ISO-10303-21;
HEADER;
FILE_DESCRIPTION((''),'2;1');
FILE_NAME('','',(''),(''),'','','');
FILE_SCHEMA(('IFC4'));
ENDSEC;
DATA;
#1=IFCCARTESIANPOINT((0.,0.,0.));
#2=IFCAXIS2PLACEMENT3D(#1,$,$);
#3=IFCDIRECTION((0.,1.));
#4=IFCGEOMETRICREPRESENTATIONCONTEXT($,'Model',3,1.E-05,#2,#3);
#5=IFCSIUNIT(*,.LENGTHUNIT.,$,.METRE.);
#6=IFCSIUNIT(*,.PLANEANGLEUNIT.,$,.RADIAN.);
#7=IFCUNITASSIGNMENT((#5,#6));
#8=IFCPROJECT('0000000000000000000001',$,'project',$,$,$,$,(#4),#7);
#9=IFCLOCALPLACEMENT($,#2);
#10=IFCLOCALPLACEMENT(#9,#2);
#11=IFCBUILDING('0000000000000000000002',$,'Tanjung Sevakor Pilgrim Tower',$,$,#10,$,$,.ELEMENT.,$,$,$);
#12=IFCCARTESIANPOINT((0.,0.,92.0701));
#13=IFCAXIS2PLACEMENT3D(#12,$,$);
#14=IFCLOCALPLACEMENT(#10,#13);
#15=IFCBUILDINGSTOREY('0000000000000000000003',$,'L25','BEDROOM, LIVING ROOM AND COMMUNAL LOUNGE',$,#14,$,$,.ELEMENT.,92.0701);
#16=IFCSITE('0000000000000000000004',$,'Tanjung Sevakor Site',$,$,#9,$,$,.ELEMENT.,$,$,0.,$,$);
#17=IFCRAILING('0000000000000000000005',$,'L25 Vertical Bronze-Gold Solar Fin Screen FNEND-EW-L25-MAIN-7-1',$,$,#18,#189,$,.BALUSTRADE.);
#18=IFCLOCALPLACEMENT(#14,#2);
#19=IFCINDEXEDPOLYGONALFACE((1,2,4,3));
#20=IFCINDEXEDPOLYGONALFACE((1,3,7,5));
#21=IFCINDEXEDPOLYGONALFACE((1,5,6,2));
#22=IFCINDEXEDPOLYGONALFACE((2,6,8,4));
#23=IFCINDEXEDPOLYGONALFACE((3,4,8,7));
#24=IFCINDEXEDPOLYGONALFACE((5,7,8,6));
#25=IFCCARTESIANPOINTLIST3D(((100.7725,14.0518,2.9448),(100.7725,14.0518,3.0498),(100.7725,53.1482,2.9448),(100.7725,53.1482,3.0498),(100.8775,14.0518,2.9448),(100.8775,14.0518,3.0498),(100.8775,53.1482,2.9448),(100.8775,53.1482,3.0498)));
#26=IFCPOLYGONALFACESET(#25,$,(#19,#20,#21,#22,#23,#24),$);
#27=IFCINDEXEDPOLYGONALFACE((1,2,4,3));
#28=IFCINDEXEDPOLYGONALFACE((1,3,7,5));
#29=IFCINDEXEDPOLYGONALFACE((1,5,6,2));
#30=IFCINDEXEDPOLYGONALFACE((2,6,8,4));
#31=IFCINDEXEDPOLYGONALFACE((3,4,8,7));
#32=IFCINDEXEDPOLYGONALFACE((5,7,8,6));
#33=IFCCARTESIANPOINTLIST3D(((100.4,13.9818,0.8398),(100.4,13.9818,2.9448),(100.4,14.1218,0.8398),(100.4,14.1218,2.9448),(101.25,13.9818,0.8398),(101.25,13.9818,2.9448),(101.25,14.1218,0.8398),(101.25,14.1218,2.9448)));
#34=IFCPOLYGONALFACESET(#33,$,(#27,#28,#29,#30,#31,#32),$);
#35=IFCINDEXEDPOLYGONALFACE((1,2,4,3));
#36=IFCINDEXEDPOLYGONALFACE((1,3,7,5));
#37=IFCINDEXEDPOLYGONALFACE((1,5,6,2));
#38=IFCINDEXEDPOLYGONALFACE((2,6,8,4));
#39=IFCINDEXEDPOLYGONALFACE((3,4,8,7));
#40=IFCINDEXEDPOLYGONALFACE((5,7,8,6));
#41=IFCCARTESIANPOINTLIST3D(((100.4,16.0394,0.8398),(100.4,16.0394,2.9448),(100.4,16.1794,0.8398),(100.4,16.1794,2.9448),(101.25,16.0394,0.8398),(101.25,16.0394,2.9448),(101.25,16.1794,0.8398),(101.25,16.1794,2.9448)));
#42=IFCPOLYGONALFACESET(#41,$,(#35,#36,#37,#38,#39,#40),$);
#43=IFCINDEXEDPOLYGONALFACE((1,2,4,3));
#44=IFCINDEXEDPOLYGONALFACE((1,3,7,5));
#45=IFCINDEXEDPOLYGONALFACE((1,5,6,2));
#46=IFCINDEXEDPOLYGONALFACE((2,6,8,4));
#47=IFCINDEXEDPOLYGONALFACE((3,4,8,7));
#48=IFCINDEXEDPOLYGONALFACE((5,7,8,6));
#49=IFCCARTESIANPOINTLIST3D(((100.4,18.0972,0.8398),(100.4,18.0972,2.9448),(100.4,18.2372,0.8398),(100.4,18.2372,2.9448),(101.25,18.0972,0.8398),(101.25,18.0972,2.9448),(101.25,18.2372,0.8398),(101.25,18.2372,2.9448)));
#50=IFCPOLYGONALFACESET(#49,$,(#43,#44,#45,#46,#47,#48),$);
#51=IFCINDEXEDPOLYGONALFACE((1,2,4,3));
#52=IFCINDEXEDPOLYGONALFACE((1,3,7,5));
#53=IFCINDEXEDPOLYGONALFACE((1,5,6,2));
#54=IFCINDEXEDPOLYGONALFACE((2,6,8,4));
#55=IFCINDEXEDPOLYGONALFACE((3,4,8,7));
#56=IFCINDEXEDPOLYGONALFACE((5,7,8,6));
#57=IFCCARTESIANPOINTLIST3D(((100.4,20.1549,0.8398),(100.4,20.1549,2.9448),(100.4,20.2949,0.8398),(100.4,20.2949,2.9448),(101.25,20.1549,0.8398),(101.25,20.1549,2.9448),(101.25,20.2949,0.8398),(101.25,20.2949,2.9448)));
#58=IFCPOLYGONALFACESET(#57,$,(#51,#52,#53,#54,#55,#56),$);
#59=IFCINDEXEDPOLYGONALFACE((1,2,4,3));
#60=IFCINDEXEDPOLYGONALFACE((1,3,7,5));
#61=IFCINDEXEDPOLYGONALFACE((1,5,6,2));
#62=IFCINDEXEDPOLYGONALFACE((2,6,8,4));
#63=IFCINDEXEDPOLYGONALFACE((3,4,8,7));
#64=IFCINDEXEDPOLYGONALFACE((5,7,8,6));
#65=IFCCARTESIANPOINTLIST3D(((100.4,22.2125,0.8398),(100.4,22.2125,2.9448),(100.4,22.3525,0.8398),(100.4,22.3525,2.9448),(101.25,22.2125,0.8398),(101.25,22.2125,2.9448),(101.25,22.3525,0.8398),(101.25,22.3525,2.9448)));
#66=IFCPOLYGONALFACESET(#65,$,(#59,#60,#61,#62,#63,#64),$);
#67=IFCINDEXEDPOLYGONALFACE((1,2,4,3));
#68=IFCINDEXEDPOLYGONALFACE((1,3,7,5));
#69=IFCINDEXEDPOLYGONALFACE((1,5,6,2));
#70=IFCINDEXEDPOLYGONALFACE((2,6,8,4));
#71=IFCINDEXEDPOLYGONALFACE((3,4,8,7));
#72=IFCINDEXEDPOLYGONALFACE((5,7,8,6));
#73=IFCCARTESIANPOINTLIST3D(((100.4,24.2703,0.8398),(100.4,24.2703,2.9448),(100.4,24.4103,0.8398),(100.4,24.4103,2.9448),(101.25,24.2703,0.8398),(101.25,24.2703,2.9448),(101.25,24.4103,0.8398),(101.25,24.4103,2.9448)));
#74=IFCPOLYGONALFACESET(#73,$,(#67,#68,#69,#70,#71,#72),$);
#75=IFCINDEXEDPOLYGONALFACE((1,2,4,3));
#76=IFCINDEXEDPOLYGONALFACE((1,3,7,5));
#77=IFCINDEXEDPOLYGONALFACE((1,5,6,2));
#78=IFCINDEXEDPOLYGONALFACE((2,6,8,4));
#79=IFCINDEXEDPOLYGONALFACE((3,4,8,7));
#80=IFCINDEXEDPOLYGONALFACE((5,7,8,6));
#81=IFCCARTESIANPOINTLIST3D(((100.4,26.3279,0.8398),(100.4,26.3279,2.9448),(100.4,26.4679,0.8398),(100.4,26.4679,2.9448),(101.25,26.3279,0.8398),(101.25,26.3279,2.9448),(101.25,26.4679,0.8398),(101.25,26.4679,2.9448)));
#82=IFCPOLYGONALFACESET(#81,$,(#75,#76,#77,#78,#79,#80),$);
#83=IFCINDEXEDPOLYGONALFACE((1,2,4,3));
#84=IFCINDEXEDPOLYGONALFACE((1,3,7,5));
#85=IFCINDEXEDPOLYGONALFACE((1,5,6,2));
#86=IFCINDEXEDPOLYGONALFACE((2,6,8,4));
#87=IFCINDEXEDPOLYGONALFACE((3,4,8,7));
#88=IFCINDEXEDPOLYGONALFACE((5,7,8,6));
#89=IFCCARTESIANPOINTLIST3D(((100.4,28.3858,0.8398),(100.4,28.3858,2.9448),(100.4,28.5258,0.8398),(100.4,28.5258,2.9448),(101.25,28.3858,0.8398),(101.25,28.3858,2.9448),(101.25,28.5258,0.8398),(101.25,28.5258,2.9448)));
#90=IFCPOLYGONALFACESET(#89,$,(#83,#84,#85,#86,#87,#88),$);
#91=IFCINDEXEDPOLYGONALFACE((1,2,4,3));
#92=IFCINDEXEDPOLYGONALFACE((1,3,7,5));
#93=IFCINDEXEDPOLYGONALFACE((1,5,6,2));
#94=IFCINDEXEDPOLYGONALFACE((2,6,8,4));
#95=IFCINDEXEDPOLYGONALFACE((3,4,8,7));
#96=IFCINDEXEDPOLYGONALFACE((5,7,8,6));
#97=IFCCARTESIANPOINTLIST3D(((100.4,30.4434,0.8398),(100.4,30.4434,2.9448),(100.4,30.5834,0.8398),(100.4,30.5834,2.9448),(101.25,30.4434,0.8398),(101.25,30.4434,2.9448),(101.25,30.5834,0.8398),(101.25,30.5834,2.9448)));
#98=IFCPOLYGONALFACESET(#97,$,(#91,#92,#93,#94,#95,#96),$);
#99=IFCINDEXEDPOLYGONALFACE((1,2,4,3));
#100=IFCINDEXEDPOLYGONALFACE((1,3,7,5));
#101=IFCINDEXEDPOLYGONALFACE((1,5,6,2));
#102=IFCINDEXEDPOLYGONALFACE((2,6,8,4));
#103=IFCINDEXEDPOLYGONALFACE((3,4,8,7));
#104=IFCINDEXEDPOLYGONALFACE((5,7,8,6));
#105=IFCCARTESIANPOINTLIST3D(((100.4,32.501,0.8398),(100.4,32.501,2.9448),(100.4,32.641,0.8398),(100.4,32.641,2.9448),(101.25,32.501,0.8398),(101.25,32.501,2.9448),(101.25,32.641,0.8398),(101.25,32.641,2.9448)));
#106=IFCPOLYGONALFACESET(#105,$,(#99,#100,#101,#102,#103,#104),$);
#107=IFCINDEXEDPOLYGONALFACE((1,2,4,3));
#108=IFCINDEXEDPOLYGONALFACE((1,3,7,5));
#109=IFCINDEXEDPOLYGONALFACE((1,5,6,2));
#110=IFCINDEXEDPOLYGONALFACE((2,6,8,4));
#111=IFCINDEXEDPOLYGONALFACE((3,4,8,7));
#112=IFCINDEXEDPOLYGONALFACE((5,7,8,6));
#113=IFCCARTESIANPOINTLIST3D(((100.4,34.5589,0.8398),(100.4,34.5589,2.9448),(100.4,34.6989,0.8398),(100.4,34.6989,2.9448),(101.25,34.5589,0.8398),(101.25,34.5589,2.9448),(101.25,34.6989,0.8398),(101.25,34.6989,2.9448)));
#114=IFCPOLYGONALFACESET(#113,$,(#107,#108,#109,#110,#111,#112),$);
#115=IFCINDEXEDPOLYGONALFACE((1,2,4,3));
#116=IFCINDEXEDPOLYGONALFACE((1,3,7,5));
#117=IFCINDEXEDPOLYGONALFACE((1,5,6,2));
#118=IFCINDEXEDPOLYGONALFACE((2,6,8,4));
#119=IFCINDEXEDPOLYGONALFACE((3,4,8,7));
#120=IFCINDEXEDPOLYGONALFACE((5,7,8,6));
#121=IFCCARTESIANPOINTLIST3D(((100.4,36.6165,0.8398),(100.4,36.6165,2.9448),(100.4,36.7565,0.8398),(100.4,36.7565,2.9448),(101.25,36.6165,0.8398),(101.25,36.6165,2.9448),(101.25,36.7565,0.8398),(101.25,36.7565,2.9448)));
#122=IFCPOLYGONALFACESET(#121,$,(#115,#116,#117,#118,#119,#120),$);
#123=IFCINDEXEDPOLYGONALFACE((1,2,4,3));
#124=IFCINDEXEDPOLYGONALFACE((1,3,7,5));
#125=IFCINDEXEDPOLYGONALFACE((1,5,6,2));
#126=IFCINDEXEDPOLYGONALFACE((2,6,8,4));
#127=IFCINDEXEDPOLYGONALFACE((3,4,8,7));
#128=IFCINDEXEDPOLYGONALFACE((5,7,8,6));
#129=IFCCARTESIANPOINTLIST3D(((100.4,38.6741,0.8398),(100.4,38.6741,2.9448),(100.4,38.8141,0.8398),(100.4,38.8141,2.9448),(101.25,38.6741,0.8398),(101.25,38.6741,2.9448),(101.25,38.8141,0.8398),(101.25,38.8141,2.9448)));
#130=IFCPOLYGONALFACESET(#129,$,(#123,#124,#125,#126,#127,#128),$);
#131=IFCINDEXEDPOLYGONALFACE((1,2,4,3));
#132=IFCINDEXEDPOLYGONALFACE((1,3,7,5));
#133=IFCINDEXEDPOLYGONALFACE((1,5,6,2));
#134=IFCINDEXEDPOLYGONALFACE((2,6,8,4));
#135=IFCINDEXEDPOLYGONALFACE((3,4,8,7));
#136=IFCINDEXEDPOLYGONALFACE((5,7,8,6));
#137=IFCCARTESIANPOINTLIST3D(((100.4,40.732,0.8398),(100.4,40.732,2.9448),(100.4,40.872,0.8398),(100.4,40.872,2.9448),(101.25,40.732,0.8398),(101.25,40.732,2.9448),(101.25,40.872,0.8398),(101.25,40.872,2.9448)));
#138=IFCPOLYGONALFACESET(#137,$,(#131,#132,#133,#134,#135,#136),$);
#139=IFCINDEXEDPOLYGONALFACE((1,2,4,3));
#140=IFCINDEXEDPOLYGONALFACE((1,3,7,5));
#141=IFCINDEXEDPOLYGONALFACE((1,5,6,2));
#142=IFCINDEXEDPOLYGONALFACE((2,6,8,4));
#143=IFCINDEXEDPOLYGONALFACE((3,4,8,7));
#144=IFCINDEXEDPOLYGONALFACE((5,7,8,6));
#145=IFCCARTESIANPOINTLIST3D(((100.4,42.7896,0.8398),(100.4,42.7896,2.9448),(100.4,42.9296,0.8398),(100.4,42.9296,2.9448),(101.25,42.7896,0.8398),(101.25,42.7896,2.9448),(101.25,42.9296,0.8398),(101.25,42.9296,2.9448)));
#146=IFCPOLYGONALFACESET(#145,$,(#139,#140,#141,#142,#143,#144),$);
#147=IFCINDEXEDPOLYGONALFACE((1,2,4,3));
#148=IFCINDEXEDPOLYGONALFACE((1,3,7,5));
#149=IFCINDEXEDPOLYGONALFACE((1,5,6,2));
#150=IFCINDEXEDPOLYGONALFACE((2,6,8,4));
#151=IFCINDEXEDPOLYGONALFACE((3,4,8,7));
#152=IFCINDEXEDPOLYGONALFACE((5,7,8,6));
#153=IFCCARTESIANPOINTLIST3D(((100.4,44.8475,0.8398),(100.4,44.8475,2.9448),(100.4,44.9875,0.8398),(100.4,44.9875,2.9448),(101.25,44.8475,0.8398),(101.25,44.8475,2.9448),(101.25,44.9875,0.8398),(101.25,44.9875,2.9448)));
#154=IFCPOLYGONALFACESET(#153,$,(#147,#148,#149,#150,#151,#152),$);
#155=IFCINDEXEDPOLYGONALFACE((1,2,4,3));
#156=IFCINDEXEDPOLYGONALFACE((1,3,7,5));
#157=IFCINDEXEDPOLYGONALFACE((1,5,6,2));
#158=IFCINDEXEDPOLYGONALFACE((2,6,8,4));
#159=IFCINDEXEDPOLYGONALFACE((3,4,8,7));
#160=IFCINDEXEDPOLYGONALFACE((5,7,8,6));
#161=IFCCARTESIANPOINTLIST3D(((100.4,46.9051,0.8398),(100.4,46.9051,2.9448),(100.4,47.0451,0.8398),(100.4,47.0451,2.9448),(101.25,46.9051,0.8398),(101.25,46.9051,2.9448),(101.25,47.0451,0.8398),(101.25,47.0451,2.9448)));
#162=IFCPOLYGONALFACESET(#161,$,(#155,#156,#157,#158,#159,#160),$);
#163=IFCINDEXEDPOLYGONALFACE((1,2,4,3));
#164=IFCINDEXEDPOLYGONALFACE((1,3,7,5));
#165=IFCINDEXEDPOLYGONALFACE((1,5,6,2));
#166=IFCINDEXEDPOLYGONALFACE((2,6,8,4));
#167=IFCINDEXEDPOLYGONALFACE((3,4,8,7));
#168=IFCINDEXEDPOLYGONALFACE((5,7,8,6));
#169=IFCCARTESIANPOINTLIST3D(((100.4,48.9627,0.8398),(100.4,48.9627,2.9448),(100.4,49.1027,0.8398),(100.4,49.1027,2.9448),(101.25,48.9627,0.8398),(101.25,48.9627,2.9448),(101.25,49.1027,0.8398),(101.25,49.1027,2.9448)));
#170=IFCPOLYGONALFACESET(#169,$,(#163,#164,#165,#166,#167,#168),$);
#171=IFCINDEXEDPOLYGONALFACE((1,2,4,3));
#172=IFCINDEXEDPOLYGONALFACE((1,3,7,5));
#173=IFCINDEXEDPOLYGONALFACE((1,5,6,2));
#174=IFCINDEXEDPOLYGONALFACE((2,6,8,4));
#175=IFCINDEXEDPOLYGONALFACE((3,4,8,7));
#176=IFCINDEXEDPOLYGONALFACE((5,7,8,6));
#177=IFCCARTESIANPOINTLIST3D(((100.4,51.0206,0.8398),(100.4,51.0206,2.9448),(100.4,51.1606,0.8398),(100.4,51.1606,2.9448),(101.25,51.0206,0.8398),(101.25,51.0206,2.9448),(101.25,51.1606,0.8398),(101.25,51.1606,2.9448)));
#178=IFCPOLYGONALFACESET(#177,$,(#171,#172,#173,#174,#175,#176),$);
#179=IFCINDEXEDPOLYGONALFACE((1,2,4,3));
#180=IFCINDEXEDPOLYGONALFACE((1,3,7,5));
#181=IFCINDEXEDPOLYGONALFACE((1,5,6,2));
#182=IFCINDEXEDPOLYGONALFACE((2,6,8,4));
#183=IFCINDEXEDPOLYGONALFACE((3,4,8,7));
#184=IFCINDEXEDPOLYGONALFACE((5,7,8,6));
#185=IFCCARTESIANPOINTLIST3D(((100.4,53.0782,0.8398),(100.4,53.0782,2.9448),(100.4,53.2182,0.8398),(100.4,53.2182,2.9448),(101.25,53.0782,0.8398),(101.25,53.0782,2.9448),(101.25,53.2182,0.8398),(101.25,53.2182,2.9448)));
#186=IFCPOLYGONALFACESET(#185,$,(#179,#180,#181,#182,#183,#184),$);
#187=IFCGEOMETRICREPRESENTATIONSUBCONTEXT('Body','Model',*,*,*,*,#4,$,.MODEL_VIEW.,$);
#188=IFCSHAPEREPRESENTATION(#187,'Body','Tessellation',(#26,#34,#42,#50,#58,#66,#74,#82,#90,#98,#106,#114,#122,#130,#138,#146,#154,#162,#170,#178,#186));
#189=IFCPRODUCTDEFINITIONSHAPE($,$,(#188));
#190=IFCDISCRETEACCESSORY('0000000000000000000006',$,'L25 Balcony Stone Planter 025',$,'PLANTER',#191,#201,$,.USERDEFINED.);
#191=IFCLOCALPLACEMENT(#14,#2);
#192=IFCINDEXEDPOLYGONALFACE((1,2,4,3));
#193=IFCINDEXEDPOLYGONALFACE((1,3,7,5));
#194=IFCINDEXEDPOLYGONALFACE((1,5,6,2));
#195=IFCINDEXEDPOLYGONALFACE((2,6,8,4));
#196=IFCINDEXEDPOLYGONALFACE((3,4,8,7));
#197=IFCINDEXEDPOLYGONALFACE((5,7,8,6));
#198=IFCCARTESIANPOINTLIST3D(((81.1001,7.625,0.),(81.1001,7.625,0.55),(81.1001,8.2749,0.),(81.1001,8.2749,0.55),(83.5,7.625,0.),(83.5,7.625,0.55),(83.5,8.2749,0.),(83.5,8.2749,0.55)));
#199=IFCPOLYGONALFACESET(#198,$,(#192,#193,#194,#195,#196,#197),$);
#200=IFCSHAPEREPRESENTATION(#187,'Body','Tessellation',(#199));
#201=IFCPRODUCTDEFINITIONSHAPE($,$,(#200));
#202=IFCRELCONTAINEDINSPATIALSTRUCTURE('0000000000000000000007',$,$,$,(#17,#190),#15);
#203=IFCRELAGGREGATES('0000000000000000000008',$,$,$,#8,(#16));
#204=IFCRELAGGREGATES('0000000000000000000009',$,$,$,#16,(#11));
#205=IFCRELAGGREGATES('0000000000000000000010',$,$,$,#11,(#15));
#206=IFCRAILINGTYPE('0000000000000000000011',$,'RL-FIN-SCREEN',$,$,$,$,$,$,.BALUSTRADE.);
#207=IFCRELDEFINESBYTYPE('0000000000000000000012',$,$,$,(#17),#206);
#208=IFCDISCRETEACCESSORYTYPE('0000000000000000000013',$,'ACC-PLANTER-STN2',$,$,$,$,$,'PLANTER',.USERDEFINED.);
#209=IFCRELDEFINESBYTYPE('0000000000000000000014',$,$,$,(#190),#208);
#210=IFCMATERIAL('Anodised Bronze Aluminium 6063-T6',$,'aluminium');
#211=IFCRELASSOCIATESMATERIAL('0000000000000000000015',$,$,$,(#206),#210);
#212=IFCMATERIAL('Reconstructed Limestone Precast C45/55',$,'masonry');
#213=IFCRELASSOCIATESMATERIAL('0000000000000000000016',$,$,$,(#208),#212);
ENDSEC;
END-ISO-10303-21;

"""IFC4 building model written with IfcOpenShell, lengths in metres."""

from ifc_helpers import new_model, si_unit, direction, frame, origin, origin_2d, place, context, subcontext, project, spatial, rectangle, extrude, material, type_object, element, save


model = new_model("IFC4")

# Units and contexts
model_context = context("Model", 3, precision=1e-05, world=origin(), true_north=direction((0.0, 1.0)))
body_context = subcontext(model_context, "Body", "Model", "MODEL_VIEW")
ifc_project = project(units=[si_unit("LENGTHUNIT", "METRE"), si_unit("PLANEANGLEUNIT", "RADIAN")], contexts=[model_context])

# Site, building, storey
site_placement = place(None, origin())
site = spatial("IfcSite", under=ifc_project, at=site_placement, Name="Tanjung Sevakor Site", CompositionType="ELEMENT", RefElevation=0.0)
building_placement = place(site_placement, origin())
building = spatial("IfcBuilding", under=site, at=building_placement, Name="Tanjung Sevakor Pilgrim Tower", CompositionType="ELEMENT")
storey_placement = place(building_placement, frame((0.0, 0.0, 92.0701)))
storey = spatial("IfcBuildingStorey", under=building, at=storey_placement, Name="L25", Description="BEDROOM, LIVING ROOM AND COMMUNAL LOUNGE", CompositionType="ELEMENT", Elevation=92.0701)

# Railing
ifc_material_1 = material(Name="Anodised Bronze Aluminium 6063-T6", Category="aluminium")
railing_type_1 = type_object("IfcRailingType", Name="RL-FIN-SCREEN", PredefinedType="BALUSTRADE", material=ifc_material_1)
railing_1_placement = place(storey_placement, frame((100.825, 14.0518, 0.8398)))
element("IfcRailing", 1, at=railing_1_placement, inside=storey, type_object=railing_type_1, Name="L25 Vertical Bronze-Gold Solar Fin Screen FNEND-EW-L25-MAIN-7-1", PredefinedType="BALUSTRADE", context=body_context, shape_type="SweptSolid", body=[
    extrude(rectangle(XDim=0.105, YDim=0.105), frame((0.0, 0.0, 2.1575), z_axis=(0.0, 1.0, 0.0), x_axis=(-1.0, 0.0, 0.0)), (0.0, 0.0, 1.0), 39.0964),
    extrude(rectangle(XDim=0.85, YDim=0.14), origin(), (0.0, 0.0, 1.0), 2.105),
    extrude(rectangle(XDim=0.85, YDim=0.14), frame((0.0, 2.0576, 0.0)), (0.0, 0.0, 1.0), 2.105),
    extrude(rectangle(XDim=0.85, YDim=0.14), frame((0.0, 4.1155, 0.0)), (0.0, 0.0, 1.0), 2.105),
    extrude(rectangle(XDim=0.85, YDim=0.14), frame((0.0, 6.1731, 0.0)), (0.0, 0.0, 1.0), 2.105),
    extrude(rectangle(XDim=0.85, YDim=0.14), frame((0.0, 8.2307, 0.0)), (0.0, 0.0, 1.0), 2.105),
    extrude(rectangle(XDim=0.85, YDim=0.14), frame((0.0, 10.2886, 0.0)), (0.0, 0.0, 1.0), 2.105),
    extrude(rectangle(XDim=0.85, YDim=0.14), frame((0.0, 12.3462, 0.0)), (0.0, 0.0, 1.0), 2.105),
    extrude(rectangle(XDim=0.85, YDim=0.14), frame((0.0, 14.4041, 0.0)), (0.0, 0.0, 1.0), 2.105),
    extrude(rectangle(XDim=0.85, YDim=0.14), frame((0.0, 16.4617, 0.0)), (0.0, 0.0, 1.0), 2.105),
    extrude(rectangle(XDim=0.85, YDim=0.14), frame((0.0, 18.5193, 0.0)), (0.0, 0.0, 1.0), 2.105),
    extrude(rectangle(XDim=0.85, YDim=0.14), frame((0.0, 20.5771, 0.0)), (0.0, 0.0, 1.0), 2.105),
    extrude(rectangle(XDim=0.85, YDim=0.14), frame((0.0, 22.6348, 0.0)), (0.0, 0.0, 1.0), 2.105),
    extrude(rectangle(XDim=0.85, YDim=0.14), frame((0.0, 24.6924, 0.0)), (0.0, 0.0, 1.0), 2.105),
    extrude(rectangle(XDim=0.85, YDim=0.14), frame((0.0, 26.7502, 0.0)), (0.0, 0.0, 1.0), 2.105),
    extrude(rectangle(XDim=0.85, YDim=0.14), frame((0.0, 28.8079, 0.0)), (0.0, 0.0, 1.0), 2.105),
    extrude(rectangle(XDim=0.85, YDim=0.14), frame((0.0, 30.8657, 0.0)), (0.0, 0.0, 1.0), 2.105),
    extrude(rectangle(XDim=0.85, YDim=0.14), frame((0.0, 32.9233, 0.0)), (0.0, 0.0, 1.0), 2.105),
    extrude(rectangle(XDim=0.85, YDim=0.14), frame((0.0, 34.981, 0.0)), (0.0, 0.0, 1.0), 2.105),
    extrude(rectangle(XDim=0.85, YDim=0.14), frame((0.0, 37.0388, 0.0)), (0.0, 0.0, 1.0), 2.105),
    extrude(rectangle(XDim=0.85, YDim=0.14), frame((0.0, 39.0964, 0.0)), (0.0, 0.0, 1.0), 2.105),
])

# Discrete accessory
ifc_material_2 = material(Name="Reconstructed Limestone Precast C45/55", Category="masonry")
discrete_accessory_type = type_object("IfcDiscreteAccessoryType", Name="ACC-PLANTER-STN2", ElementType="PLANTER", PredefinedType="USERDEFINED", material=ifc_material_2)
discrete_accessory_placement = place(storey_placement, frame((82.3, 7.95, 0.0), z_axis=(0.0, 0.0, 1.0), x_axis=(1.0, 0.0, 0.0)))
element("IfcDiscreteAccessory", 2, at=discrete_accessory_placement, inside=storey, type_object=discrete_accessory_type, Name="L25 Balcony Stone Planter 025", ObjectType="PLANTER", PredefinedType="USERDEFINED", context=body_context, shape_type="SweptSolid", body=[
    extrude(rectangle(XDim=2.3999, YDim=0.6499, at=origin_2d()), origin(), (0.0, 0.0, 1.0), 0.55),
])

save(model, "model.ifc")
